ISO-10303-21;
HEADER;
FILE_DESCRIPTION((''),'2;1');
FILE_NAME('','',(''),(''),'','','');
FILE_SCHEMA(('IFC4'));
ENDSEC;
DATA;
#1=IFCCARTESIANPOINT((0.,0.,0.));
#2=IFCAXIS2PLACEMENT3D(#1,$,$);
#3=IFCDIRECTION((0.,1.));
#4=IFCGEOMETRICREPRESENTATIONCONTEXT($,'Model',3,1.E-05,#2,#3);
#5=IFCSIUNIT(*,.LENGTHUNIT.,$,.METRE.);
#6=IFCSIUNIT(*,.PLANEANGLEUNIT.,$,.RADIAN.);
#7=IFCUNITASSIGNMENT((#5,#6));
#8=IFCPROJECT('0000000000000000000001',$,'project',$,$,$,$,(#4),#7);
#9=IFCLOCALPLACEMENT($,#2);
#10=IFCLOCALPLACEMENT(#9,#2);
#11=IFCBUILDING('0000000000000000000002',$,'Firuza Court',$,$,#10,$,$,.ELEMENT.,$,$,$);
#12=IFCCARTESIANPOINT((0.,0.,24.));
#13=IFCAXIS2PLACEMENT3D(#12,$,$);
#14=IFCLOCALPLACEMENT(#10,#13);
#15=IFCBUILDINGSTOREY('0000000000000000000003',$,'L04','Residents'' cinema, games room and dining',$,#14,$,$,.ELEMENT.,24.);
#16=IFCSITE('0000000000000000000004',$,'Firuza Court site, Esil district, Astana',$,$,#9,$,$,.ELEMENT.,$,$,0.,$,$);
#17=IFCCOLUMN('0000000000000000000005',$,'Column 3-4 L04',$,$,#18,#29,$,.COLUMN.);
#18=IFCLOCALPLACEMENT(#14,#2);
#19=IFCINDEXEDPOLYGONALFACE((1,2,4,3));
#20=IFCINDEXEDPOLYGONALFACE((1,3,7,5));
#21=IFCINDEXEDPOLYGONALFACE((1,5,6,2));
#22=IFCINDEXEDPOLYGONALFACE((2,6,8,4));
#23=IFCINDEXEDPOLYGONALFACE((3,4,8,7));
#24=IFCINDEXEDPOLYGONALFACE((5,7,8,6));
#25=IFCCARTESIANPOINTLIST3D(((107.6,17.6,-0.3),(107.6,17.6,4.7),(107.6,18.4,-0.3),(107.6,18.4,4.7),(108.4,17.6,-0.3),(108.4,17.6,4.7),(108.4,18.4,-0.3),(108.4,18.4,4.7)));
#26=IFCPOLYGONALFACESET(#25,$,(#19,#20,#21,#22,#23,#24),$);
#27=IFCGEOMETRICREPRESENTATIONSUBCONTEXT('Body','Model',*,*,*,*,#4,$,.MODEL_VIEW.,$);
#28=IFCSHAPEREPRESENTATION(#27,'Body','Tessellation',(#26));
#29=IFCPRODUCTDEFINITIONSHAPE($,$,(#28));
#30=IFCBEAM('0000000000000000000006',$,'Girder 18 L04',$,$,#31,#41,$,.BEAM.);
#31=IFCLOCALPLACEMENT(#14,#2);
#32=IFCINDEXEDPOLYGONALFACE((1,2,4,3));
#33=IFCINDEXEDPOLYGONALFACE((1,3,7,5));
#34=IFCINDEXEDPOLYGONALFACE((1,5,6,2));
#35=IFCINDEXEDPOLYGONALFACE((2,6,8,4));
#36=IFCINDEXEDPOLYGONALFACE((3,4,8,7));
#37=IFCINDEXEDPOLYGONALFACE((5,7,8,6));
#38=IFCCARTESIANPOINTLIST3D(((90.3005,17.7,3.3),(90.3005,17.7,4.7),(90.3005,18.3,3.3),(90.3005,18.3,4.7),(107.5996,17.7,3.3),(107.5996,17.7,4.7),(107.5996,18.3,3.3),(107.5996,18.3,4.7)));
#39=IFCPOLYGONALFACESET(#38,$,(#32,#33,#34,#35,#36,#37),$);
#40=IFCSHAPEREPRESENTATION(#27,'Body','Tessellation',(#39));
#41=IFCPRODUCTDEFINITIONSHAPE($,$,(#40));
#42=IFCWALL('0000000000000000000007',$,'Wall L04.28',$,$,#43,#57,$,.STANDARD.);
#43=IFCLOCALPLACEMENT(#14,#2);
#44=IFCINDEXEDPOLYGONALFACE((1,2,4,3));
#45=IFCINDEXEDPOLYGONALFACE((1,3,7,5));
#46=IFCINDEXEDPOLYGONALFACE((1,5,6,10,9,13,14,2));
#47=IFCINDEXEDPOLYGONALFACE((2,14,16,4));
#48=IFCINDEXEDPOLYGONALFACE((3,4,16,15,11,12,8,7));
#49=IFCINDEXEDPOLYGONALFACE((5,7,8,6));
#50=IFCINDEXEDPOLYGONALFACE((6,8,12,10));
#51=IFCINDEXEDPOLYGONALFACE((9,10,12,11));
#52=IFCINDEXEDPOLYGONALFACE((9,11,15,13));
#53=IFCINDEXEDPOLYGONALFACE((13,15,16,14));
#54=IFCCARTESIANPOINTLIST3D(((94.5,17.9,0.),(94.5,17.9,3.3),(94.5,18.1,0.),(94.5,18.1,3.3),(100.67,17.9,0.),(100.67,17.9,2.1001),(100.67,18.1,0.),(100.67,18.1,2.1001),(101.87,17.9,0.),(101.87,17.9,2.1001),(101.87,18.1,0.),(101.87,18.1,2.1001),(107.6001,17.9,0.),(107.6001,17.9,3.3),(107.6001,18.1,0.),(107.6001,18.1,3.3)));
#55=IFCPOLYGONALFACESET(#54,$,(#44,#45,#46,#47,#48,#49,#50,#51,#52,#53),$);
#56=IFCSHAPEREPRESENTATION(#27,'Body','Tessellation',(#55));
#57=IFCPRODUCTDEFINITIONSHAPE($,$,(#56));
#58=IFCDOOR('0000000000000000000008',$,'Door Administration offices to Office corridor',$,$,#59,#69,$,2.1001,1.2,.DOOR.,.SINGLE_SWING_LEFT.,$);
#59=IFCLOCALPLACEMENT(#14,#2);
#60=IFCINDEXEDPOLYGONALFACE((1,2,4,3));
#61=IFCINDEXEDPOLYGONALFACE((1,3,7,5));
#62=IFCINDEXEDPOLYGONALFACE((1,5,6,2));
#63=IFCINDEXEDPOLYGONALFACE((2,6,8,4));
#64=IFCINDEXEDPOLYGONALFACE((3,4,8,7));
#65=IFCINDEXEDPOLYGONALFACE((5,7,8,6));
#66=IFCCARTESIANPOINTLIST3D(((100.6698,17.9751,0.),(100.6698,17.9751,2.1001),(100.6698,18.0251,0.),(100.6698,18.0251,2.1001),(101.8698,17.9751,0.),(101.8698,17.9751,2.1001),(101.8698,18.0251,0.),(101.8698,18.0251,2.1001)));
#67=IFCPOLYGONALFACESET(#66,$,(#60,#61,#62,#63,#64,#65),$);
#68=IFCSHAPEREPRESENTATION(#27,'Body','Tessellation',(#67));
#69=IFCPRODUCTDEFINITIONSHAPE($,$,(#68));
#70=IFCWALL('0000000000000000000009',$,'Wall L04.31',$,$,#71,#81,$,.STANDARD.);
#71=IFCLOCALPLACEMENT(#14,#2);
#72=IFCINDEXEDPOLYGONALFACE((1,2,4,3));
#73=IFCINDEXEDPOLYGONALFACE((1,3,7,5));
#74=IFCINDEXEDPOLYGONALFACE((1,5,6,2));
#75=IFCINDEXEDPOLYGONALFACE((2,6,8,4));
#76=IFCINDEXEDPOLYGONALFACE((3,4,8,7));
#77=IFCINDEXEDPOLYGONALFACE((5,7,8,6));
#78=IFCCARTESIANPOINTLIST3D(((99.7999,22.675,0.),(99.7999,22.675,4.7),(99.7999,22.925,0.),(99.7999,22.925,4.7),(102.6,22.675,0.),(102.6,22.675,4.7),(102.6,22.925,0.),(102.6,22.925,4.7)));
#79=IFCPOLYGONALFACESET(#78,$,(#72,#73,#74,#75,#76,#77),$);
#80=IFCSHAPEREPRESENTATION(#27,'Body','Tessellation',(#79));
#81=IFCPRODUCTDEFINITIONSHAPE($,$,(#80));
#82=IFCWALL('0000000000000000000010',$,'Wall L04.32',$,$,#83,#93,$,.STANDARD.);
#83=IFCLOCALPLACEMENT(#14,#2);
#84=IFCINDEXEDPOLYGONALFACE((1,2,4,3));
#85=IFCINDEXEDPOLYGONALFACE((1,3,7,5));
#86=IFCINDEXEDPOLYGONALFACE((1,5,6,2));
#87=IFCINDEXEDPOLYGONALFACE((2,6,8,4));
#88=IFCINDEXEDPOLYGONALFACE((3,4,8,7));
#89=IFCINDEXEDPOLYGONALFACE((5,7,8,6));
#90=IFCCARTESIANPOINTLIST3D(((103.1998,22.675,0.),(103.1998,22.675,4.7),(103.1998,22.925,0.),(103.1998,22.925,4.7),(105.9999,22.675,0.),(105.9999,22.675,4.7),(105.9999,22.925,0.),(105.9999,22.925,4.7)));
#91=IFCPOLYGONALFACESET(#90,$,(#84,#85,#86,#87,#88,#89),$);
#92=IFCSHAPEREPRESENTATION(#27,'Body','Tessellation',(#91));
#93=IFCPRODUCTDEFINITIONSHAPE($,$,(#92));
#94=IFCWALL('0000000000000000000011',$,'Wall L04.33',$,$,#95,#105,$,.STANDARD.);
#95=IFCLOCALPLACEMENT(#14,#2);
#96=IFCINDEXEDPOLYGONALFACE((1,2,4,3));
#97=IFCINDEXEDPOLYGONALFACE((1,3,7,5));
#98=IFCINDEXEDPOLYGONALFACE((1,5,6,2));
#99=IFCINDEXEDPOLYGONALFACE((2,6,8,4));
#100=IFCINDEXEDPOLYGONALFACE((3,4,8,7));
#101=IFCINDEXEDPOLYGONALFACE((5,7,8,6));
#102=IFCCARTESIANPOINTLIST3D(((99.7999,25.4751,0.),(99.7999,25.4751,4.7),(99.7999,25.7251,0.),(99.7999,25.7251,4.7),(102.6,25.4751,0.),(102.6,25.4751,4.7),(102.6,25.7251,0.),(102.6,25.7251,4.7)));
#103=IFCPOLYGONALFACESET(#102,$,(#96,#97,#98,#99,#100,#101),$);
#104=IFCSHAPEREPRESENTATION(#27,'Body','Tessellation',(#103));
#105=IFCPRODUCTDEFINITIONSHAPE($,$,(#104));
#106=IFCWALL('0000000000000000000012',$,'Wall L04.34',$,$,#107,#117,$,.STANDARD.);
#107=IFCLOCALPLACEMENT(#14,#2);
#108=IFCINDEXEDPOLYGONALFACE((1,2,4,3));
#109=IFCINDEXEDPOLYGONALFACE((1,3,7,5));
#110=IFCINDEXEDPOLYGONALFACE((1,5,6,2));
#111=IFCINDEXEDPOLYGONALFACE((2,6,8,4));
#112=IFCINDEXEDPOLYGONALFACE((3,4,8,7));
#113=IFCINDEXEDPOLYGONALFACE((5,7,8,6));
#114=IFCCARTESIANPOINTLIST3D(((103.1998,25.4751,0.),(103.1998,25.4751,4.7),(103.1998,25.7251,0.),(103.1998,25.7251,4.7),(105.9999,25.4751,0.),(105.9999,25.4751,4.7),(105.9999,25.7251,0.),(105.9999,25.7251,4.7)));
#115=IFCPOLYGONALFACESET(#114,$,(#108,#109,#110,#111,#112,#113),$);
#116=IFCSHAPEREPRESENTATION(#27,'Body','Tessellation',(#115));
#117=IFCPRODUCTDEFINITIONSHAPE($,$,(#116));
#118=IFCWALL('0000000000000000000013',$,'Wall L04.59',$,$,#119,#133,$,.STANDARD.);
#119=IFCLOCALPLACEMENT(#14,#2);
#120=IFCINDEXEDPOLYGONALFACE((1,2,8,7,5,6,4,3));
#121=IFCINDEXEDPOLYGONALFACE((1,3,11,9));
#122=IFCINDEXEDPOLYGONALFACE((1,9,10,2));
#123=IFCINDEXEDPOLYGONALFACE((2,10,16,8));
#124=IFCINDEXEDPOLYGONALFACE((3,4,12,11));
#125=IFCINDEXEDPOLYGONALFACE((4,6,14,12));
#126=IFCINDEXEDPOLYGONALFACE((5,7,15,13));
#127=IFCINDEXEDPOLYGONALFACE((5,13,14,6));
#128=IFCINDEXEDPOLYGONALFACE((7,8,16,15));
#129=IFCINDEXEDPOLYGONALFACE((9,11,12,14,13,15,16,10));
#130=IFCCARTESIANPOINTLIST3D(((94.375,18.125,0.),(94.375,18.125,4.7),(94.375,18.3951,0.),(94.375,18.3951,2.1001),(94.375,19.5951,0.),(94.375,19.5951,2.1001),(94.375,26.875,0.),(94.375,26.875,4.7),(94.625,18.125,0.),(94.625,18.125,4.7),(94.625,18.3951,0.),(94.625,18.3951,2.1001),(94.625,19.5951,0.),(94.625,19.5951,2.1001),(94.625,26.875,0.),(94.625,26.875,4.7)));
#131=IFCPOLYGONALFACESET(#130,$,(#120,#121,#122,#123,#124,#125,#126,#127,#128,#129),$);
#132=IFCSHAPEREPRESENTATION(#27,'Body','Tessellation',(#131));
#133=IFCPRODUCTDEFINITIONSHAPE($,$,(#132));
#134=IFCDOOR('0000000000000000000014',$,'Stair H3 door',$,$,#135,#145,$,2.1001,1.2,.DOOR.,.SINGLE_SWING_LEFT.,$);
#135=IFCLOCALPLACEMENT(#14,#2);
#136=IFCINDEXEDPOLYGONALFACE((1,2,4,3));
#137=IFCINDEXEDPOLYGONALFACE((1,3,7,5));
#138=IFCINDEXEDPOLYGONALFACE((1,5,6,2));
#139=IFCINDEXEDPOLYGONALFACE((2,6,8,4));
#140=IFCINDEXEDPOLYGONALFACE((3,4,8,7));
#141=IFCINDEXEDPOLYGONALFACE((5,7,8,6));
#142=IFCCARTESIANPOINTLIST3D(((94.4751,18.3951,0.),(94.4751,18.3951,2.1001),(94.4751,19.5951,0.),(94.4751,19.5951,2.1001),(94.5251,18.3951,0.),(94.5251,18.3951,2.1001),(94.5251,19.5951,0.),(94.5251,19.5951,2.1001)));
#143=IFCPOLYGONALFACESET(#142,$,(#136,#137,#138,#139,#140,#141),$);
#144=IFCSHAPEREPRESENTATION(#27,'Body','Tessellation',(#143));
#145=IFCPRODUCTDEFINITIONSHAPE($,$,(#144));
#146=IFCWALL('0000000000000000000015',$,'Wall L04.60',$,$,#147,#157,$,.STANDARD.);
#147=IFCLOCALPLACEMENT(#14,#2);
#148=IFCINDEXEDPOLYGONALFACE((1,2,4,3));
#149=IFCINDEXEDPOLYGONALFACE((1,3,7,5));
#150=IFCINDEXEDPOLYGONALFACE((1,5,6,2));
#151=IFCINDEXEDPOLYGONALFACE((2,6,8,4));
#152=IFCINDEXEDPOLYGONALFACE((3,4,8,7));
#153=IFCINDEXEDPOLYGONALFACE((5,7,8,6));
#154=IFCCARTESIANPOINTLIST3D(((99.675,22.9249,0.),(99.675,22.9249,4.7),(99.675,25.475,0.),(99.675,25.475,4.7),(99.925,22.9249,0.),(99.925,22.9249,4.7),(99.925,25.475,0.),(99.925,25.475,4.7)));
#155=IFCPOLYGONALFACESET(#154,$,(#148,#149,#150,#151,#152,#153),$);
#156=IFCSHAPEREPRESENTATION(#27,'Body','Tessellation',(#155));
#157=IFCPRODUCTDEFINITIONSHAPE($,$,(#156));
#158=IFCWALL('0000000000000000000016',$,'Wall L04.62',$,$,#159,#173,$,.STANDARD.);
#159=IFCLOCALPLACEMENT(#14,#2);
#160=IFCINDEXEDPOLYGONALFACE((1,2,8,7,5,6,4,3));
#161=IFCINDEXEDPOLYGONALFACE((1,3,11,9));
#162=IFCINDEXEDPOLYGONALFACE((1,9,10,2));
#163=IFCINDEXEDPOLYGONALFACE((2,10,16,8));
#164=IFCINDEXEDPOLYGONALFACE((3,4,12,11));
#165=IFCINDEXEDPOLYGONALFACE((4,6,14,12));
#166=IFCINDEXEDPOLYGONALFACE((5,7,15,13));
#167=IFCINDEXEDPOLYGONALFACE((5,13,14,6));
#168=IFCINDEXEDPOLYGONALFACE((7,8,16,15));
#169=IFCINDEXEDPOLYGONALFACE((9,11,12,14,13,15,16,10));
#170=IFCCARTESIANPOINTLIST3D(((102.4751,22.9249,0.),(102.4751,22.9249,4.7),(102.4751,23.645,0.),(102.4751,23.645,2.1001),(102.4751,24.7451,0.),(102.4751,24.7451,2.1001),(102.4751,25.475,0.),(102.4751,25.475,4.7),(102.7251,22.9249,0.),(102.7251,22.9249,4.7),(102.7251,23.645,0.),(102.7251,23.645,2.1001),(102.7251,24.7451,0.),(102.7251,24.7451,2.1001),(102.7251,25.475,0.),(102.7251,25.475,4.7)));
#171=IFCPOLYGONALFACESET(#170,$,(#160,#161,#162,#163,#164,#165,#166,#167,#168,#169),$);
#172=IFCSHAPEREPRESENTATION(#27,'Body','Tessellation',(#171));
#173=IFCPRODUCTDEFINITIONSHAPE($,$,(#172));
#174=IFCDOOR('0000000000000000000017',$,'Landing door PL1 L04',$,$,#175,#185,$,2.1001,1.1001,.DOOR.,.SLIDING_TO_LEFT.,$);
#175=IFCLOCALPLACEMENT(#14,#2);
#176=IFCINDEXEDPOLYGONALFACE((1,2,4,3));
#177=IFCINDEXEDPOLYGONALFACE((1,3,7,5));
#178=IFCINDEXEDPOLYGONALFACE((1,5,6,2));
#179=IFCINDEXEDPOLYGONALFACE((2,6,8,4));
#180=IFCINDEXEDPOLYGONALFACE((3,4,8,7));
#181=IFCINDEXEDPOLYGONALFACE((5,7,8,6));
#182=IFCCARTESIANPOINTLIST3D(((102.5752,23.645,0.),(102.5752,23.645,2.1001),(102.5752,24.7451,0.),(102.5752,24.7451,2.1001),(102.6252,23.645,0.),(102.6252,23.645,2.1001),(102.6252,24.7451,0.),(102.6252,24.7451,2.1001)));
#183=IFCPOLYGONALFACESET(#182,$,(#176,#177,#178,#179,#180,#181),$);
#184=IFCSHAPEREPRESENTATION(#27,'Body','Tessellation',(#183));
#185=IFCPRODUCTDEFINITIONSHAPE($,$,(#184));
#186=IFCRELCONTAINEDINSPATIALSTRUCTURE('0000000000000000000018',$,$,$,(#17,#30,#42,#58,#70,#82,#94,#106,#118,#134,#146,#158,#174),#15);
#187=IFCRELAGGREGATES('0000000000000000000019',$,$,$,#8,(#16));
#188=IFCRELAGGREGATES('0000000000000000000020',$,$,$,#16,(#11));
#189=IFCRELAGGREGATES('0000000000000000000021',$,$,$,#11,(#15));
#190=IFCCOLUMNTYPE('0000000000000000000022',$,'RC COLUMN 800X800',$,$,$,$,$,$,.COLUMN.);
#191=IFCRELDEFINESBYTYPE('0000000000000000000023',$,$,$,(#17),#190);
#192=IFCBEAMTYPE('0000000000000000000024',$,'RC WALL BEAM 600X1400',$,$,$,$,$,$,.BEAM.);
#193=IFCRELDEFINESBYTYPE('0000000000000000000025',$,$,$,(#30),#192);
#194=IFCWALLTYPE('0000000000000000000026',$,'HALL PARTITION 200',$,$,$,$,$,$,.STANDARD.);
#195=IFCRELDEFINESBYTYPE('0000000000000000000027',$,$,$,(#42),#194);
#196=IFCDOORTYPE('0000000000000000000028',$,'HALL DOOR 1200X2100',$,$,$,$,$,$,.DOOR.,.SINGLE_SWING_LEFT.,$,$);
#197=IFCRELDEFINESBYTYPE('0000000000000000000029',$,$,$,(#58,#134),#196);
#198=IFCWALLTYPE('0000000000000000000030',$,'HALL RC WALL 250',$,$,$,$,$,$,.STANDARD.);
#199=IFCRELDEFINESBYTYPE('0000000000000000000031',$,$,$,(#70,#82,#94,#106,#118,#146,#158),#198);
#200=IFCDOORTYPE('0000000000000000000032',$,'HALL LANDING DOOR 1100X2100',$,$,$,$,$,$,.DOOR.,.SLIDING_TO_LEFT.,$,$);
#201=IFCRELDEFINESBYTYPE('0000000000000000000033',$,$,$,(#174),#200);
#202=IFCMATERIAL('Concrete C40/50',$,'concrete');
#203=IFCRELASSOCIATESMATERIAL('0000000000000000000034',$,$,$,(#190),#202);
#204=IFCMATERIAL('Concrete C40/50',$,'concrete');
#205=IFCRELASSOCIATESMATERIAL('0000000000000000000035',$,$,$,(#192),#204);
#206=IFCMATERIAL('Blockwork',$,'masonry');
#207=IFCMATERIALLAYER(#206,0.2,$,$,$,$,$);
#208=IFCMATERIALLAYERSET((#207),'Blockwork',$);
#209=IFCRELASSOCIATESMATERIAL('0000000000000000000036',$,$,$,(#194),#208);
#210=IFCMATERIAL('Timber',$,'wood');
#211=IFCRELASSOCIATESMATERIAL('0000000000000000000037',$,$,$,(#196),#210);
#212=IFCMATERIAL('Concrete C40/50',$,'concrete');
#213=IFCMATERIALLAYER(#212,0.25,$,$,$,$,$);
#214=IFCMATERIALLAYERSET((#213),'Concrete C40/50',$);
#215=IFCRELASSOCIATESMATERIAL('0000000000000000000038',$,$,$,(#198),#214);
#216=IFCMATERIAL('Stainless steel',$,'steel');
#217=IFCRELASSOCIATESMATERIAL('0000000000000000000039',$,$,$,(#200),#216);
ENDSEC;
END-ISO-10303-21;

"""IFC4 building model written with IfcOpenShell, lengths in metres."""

from ifc_helpers import new_model, si_unit, direction, frame, frame_2d, origin, origin_2d, place, context, subcontext, project, spatial, rectangle, extrude, material, layer, layer_set, material_profile, profile_set, type_object, element, fill, save


model = new_model("IFC4")

# Units and contexts
model_context = context("Model", 3, precision=1e-05, world=origin(), true_north=direction((0.0, 1.0)))
body_context = subcontext(model_context, "Body", "Model", "MODEL_VIEW")
ifc_project = project(units=[si_unit("LENGTHUNIT", "METRE"), si_unit("PLANEANGLEUNIT", "RADIAN")], contexts=[model_context])

# Site, building, storey
site_placement = place(None, origin())
site = spatial("IfcSite", under=ifc_project, at=site_placement, Name="Firuza Court site, Esil district, Astana", CompositionType="ELEMENT", RefElevation=0.0)
building_placement = place(site_placement, origin())
building = spatial("IfcBuilding", under=site, at=building_placement, Name="Firuza Court", CompositionType="ELEMENT")
storey_placement = place(building_placement, frame((0.0, 0.0, 24.0)))
storey = spatial("IfcBuildingStorey", under=building, at=storey_placement, Name="L04", Description="Residents' cinema, games room and dining", CompositionType="ELEMENT", Elevation=24.0)

# Column
ifc_material_1 = material(Name="Concrete C40/50", Category="concrete")
ifc_material_profile_1 = material_profile(ifc_material_1, rectangle(XDim=0.8, YDim=0.8, at=origin_2d()), Name="RC 800X800")
ifc_profile_set_1 = profile_set([ifc_material_profile_1], Name="Concrete C40/50")
column_type = type_object("IfcColumnType", Name="RC COLUMN 800X800", PredefinedType="COLUMN", material=ifc_profile_set_1)
column_placement = place(storey_placement, frame((108.0, 18.0, -0.3), z_axis=(0.0, 0.0, 1.0), x_axis=(1.0, 0.0, 0.0)))
element("IfcColumn", 1, at=column_placement, inside=storey, type_object=column_type, Name="Column 3-4 L04", PredefinedType="COLUMN", context=body_context, shape_type="SweptSolid", body=[
    extrude(rectangle(XDim=0.8, YDim=0.8, at=origin_2d()), origin(), (0.0, 0.0, 1.0), 5.0),
])

# Beam
ifc_material_2 = material(Name="Concrete C40/50", Category="concrete")
ifc_material_profile_2 = material_profile(ifc_material_2, rectangle(XDim=0.6001, YDim=1.3999, at=origin_2d()), Name="RC 600X1400")
ifc_profile_set_2 = profile_set([ifc_material_profile_2], Name="Concrete C40/50")
beam_type = type_object("IfcBeamType", Name="RC WALL BEAM 600X1400", PredefinedType="BEAM", material=ifc_profile_set_2)
beam_placement = place(storey_placement, frame((90.3005, 18.0, 4.0), z_axis=(1.0, 0.0, 0.0), x_axis=(0.0, 1.0, 0.0)))
element("IfcBeam", 2, at=beam_placement, inside=storey, type_object=beam_type, Name="Girder 18 L04", PredefinedType="BEAM", context=body_context, shape_type="SweptSolid", body=[
    extrude(rectangle(XDim=0.6001, YDim=1.3999, at=origin_2d()), origin(), (0.0, 0.0, 1.0), 17.2991),
])

# Wall, opening, door
ifc_material_3 = material(Name="Blockwork", Category="masonry")
ifc_layer_1 = layer(ifc_material_3, 0.2)
ifc_layer_set_1 = layer_set([ifc_layer_1], Name="Blockwork")
wall_type_1 = type_object("IfcWallType", Name="HALL PARTITION 200", PredefinedType="STANDARD", material=ifc_layer_set_1)
wall_1_placement = place(storey_placement, frame((94.5, 18.0, 0.0), z_axis=(0.0, 0.0, 1.0), x_axis=(1.0, 0.0, 0.0)))
wall_1 = element("IfcWall", 3, at=wall_1_placement, inside=storey, type_object=wall_type_1, Name="Wall L04.28", PredefinedType="STANDARD", context=body_context, shape_type="SweptSolid", body=[
    extrude(rectangle(XDim=13.1001, YDim=0.2, at=frame_2d((6.55, 0.0))), origin(), (0.0, 0.0, 1.0), 3.3),
])
opening_1_placement = place(wall_1_placement, frame((6.1699, 0.0, 0.0)))
opening_1 = element("IfcOpeningElement", 4, at=opening_1_placement, cuts=wall_1, PredefinedType="OPENING", context=body_context, shape_type="SweptSolid", body=[
    extrude(rectangle(XDim=1.2, YDim=2.1001, at=frame_2d((0.6001, 1.05))), frame((0.0, 0.1118, 0.0), z_axis=(0.0, -1.0, 0.0), x_axis=(1.0, 0.0, 0.0)), (0.0, 0.0, 1.0), 0.2239),
])
ifc_material_4 = material(Name="Timber", Category="wood")
door_type_1 = type_object("IfcDoorType", Name="HALL DOOR 1200X2100", OperationType="SINGLE_SWING_LEFT", PredefinedType="DOOR", material=ifc_material_4)
door_1_placement = place(opening_1_placement, frame((1.2, 0.0, 0.0), z_axis=(0.0, 0.0, 1.0), x_axis=(-1.0, 0.0, 0.0)))
door_1 = element("IfcDoor", 5, at=door_1_placement, inside=storey, type_object=door_type_1, Name="Door Administration offices to Office corridor", OperationType="SINGLE_SWING_LEFT", OverallHeight=2.1001, OverallWidth=1.2, PredefinedType="DOOR", context=body_context, shape_type="SweptSolid", body=[
    extrude(rectangle(XDim=1.2, YDim=2.1001, at=frame_2d((0.6001, 1.05))), frame((0.0, 0.0249, 0.0), z_axis=(0.0, -1.0, 0.0), x_axis=(1.0, 0.0, 0.0)), (0.0, 0.0, 1.0), 0.05),
])
fill(opening_1, door_1)

# Walls
ifc_material_5 = material(Name="Concrete C40/50", Category="concrete")
ifc_layer_2 = layer(ifc_material_5, 0.25)
ifc_layer_set_2 = layer_set([ifc_layer_2], Name="Concrete C40/50")
wall_type_2 = type_object("IfcWallType", Name="HALL RC WALL 250", PredefinedType="STANDARD", material=ifc_layer_set_2)
for number, where, z_axis, x_axis, name in (
    (6, (99.8, 22.8, 0.0), (0.0, 0.0, 1.0), (1.0, 0.0, 0.0), "Wall L04.31"),
    (7, (103.2, 22.8, 0.0), (0.0, 0.0, 1.0), (1.0, 0.0, 0.0), "Wall L04.32"),
    (8, (99.8, 25.6001, 0.0), (0.0, 0.0, 1.0), (1.0, 0.0, 0.0), "Wall L04.33"),
    (9, (103.2, 25.6001, 0.0), (0.0, 0.0, 1.0), (1.0, 0.0, 0.0), "Wall L04.34"),
):
    element("IfcWall", number, at=place(storey_placement, frame(where, z_axis=z_axis, x_axis=x_axis)), inside=storey, type_object=wall_type_2, Name=name, PredefinedType="STANDARD", context=body_context, shape_type="SweptSolid", body=[
        extrude(rectangle(XDim=2.8, YDim=0.25, at=frame_2d((1.3999, 0.0))), origin(), (0.0, 0.0, 1.0), 4.7),
    ])

# Wall, opening, door
wall_2_placement = place(storey_placement, frame((94.5, 18.125, 0.0), z_axis=(0.0, 0.0, 1.0), x_axis=(0.0, 1.0, 0.0)))
wall_2 = element("IfcWall", 10, at=wall_2_placement, inside=storey, type_object=wall_type_2, Name="Wall L04.59", PredefinedType="STANDARD", context=body_context, shape_type="SweptSolid", body=[
    extrude(rectangle(XDim=8.75, YDim=0.25, at=frame_2d((4.375, 0.0))), origin(), (0.0, 0.0, 1.0), 4.7),
])
opening_2_placement = place(wall_2_placement, frame((0.27, 0.0, 0.0)))
opening_2 = element("IfcOpeningElement", 11, at=opening_2_placement, cuts=wall_2, PredefinedType="OPENING", context=body_context, shape_type="SweptSolid", body=[
    extrude(rectangle(XDim=1.2, YDim=2.1001, at=frame_2d((0.6001, 1.05))), frame((0.0, 0.137, 0.0), z_axis=(0.0, -1.0, 0.0), x_axis=(1.0, 0.0, 0.0)), (0.0, 0.0, 1.0), 0.2739),
])
door_2_placement = place(opening_2_placement, origin())
door_2 = element("IfcDoor", 12, at=door_2_placement, inside=storey, type_object=door_type_1, Name="Stair H3 door", OperationType="SINGLE_SWING_LEFT", OverallHeight=2.1001, OverallWidth=1.2, PredefinedType="DOOR", context=body_context, shape_type="SweptSolid", body=[
    extrude(rectangle(XDim=1.2, YDim=2.1001, at=frame_2d((0.6001, 1.05))), frame((0.0, 0.0249, 0.0), z_axis=(0.0, -1.0, 0.0), x_axis=(1.0, 0.0, 0.0)), (0.0, 0.0, 1.0), 0.05),
])
fill(opening_2, door_2)

# Wall
wall_3_placement = place(storey_placement, frame((99.8, 22.925, 0.0), z_axis=(0.0, 0.0, 1.0), x_axis=(0.0, 1.0, 0.0)))
element("IfcWall", 13, at=wall_3_placement, inside=storey, type_object=wall_type_2, Name="Wall L04.60", PredefinedType="STANDARD", context=body_context, shape_type="SweptSolid", body=[
    extrude(rectangle(XDim=2.55, YDim=0.25, at=frame_2d((1.2749, 0.0))), origin(), (0.0, 0.0, 1.0), 4.7),
])

# Wall, opening, door
wall_4_placement = place(storey_placement, frame((102.6001, 22.925, 0.0), z_axis=(0.0, 0.0, 1.0), x_axis=(0.0, 1.0, 0.0)))
wall_4 = element("IfcWall", 14, at=wall_4_placement, inside=storey, type_object=wall_type_2, Name="Wall L04.62", PredefinedType="STANDARD", context=body_context, shape_type="SweptSolid", body=[
    extrude(rectangle(XDim=2.55, YDim=0.25, at=frame_2d((1.2749, 0.0))), origin(), (0.0, 0.0, 1.0), 4.7),
])
opening_3_placement = place(wall_4_placement, frame((0.72, 0.0, 0.0)))
opening_3 = element("IfcOpeningElement", 15, at=opening_3_placement, cuts=wall_4, PredefinedType="OPENING", context=body_context, shape_type="SweptSolid", body=[
    extrude(rectangle(XDim=1.1001, YDim=2.1001, at=frame_2d((0.55, 1.05))), frame((0.0, 0.137, 0.0), z_axis=(0.0, -1.0, 0.0), x_axis=(1.0, 0.0, 0.0)), (0.0, 0.0, 1.0), 0.2739),
])
ifc_material_6 = material(Name="Stainless steel", Category="steel")
door_type_2 = type_object("IfcDoorType", Name="HALL LANDING DOOR 1100X2100", OperationType="SLIDING_TO_LEFT", PredefinedType="DOOR", material=ifc_material_6)
door_3_placement = place(opening_3_placement, origin())
door_3 = element("IfcDoor", 16, at=door_3_placement, inside=storey, type_object=door_type_2, Name="Landing door PL1 L04", OperationType="SLIDING_TO_LEFT", OverallHeight=2.1001, OverallWidth=1.1001, PredefinedType="DOOR", context=body_context, shape_type="SweptSolid", body=[
    extrude(rectangle(XDim=1.1001, YDim=2.1001, at=frame_2d((0.55, 1.05))), frame((0.0, 0.0249, 0.0), z_axis=(0.0, -1.0, 0.0), x_axis=(1.0, 0.0, 0.0)), (0.0, 0.0, 1.0), 0.05),
])
fill(opening_3, door_3)

save(model, "model.ifc")
